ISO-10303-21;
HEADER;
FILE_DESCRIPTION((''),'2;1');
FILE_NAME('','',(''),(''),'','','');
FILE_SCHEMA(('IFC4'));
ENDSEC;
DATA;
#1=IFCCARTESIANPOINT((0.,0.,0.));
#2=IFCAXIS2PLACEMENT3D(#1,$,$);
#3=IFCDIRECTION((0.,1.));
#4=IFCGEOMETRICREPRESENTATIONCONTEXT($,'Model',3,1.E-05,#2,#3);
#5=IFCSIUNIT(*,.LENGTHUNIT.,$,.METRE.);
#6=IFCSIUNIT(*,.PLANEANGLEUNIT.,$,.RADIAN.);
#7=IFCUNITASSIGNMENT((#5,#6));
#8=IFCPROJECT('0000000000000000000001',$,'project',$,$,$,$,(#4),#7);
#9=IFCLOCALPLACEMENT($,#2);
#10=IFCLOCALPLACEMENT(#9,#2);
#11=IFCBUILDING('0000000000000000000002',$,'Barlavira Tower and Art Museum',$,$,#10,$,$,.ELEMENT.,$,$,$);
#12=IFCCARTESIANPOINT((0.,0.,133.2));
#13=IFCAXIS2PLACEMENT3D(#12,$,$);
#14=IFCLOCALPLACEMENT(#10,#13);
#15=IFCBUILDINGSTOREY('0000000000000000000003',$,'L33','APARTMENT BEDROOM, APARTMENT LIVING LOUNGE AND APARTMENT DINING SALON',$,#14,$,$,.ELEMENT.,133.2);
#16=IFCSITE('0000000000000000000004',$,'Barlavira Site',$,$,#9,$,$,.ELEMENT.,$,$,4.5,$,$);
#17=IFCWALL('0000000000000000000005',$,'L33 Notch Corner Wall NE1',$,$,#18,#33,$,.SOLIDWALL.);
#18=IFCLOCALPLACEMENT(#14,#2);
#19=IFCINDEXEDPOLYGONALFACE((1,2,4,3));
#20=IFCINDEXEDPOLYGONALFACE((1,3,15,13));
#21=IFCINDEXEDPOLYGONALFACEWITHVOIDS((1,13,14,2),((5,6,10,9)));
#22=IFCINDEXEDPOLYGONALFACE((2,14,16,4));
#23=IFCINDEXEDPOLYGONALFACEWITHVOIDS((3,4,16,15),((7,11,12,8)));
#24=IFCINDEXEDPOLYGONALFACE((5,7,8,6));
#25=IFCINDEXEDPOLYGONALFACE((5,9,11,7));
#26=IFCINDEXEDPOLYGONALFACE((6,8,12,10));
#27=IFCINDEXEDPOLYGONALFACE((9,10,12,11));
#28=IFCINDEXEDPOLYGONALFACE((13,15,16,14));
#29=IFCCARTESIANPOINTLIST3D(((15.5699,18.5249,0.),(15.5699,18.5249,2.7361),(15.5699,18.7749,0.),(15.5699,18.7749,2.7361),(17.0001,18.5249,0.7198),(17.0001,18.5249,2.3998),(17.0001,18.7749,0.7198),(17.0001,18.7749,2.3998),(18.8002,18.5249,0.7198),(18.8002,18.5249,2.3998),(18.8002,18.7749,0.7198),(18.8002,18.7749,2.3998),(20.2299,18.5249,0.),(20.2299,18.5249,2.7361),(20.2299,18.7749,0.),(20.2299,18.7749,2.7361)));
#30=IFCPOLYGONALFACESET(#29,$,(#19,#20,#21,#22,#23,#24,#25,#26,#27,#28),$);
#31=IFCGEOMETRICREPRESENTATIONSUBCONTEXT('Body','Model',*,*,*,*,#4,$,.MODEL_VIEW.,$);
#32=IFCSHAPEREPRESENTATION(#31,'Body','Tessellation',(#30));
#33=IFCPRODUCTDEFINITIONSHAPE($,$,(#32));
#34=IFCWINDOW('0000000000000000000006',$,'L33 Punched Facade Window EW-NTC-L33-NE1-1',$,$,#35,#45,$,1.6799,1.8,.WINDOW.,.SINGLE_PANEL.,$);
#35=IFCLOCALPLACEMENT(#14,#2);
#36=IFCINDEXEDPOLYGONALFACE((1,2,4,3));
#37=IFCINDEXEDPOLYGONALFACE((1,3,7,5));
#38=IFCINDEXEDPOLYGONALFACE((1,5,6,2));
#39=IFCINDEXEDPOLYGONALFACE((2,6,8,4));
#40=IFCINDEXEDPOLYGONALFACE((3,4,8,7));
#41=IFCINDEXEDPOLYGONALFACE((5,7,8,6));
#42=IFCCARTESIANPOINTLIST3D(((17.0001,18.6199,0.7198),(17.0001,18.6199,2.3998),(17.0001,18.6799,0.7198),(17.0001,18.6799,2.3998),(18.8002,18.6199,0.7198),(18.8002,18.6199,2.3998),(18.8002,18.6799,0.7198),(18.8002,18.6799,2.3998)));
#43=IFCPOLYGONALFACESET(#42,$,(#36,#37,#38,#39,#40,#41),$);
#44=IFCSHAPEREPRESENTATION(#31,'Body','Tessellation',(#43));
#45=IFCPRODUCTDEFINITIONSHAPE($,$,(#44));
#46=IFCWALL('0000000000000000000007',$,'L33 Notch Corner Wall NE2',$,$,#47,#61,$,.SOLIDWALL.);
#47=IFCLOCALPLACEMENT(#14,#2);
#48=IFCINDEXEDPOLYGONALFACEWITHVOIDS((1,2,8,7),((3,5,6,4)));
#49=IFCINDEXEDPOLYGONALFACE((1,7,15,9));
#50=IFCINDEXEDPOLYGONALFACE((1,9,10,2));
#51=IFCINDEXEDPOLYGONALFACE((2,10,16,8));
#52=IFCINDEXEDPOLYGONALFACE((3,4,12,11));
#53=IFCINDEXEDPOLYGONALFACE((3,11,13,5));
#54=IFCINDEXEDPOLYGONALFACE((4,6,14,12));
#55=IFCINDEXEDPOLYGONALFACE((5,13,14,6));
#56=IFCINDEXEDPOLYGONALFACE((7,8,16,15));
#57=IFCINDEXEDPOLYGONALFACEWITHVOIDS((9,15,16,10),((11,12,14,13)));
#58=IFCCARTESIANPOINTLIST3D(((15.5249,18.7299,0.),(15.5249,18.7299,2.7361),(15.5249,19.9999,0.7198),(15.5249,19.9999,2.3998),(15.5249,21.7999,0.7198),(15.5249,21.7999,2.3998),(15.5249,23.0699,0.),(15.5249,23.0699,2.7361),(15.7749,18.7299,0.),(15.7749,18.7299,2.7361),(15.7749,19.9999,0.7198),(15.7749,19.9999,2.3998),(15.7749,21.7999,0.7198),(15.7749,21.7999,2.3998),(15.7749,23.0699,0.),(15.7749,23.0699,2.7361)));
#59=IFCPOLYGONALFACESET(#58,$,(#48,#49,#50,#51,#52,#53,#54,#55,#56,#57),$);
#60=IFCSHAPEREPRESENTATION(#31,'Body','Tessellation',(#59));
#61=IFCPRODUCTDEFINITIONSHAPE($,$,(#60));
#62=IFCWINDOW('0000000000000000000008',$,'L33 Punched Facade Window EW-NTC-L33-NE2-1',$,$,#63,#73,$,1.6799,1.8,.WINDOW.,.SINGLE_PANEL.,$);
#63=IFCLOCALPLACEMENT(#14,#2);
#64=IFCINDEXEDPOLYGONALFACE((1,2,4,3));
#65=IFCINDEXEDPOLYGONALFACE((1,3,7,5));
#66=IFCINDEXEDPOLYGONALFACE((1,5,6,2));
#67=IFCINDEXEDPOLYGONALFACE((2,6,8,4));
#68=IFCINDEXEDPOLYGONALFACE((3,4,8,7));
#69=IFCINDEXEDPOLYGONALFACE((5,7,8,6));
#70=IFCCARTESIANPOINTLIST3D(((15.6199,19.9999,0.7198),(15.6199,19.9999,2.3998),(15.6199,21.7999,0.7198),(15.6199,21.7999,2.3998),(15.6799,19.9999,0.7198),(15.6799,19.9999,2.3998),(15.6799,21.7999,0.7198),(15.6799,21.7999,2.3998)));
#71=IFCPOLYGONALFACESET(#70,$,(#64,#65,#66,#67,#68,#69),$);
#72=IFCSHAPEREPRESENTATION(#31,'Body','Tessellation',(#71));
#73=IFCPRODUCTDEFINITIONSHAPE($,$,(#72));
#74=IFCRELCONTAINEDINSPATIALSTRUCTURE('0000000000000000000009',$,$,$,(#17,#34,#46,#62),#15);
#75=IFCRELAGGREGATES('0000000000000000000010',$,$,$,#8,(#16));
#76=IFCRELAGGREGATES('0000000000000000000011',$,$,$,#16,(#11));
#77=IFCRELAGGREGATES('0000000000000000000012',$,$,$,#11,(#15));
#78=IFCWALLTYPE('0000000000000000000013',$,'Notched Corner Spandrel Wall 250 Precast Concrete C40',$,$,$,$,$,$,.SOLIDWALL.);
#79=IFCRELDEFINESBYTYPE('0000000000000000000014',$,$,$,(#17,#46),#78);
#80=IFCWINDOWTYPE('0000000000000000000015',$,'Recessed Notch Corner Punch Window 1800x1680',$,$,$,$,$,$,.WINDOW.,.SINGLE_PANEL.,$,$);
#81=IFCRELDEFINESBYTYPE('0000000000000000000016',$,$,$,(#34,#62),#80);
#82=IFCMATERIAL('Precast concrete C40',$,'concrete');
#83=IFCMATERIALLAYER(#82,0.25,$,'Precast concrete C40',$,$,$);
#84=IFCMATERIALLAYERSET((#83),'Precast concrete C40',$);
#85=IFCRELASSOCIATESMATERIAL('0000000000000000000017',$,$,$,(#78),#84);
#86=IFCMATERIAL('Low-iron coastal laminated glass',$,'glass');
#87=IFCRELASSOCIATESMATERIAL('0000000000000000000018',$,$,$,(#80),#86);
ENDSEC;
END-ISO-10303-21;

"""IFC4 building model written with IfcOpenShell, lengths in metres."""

from ifc_helpers import new_model, si_unit, direction, frame, frame_2d, origin, place, context, subcontext, project, spatial, rectangle, extrude, material, layer, layer_set, type_object, element, fill, save


model = new_model("IFC4")

# Units and contexts
model_context = context("Model", 3, precision=1e-05, world=origin(), true_north=direction((0.0, 1.0)))
body_context = subcontext(model_context, "Body", "Model", "MODEL_VIEW")
ifc_project = project(units=[si_unit("LENGTHUNIT", "METRE"), si_unit("PLANEANGLEUNIT", "RADIAN")], contexts=[model_context])

# Site, building, storey
site_placement = place(None, origin())
site = spatial("IfcSite", under=ifc_project, at=site_placement, Name="Barlavira Site", CompositionType="ELEMENT", RefElevation=4.5)
building_placement = place(site_placement, origin())
building = spatial("IfcBuilding", under=site, at=building_placement, Name="Barlavira Tower and Art Museum", CompositionType="ELEMENT")
storey_placement = place(building_placement, frame((0.0, 0.0, 133.2)))
storey = spatial("IfcBuildingStorey", under=building, at=storey_placement, Name="L33", Description="APARTMENT BEDROOM, APARTMENT LIVING LOUNGE AND APARTMENT DINING SALON", CompositionType="ELEMENT", Elevation=133.2)

# Walls, openings, windows
ifc_material_1 = material(Name="Precast concrete C40", Category="concrete")
ifc_layer_1 = layer(ifc_material_1, 0.25, Name="Precast concrete C40")
ifc_layer_set_1 = layer_set([ifc_layer_1], Name="Precast concrete C40")
wall_type_1 = type_object("IfcWallType", Name="Notched Corner Spandrel Wall 250 Precast Concrete C40", PredefinedType="SOLIDWALL", material=ifc_layer_set_1)
ifc_material_2 = material(Name="Low-iron coastal laminated glass", Category="glass")
window_type = type_object("IfcWindowType", Name="Recessed Notch Corner Punch Window 1800x1680", PartitioningType="SINGLE_PANEL", PredefinedType="WINDOW", material=ifc_material_2)
wall_1_placement = place(storey_placement, frame((20.23, 18.6499, 0.0), z_axis=(0.0, 0.0, 1.0), x_axis=(-1.0, 0.0, 0.0)))
wall_1 = element("IfcWall", 1, at=wall_1_placement, inside=storey, type_object=wall_type_1, Name="L33 Notch Corner Wall NE1", PredefinedType="SOLIDWALL", context=body_context, shape_type="SweptSolid", body=[
    extrude(rectangle(XDim=4.6599, YDim=0.25, at=frame_2d((2.3301, 0.0))), origin(), (0.0, 0.0, 1.0), 2.7361),
])
opening_1_placement = place(wall_1_placement, frame((1.4299, 0.0, 0.72)))
opening_1 = element("IfcOpeningElement", 2, at=opening_1_placement, cuts=wall_1, PredefinedType="OPENING", context=body_context, shape_type="SweptSolid", body=[
    extrude(rectangle(XDim=1.8, YDim=1.6799, at=frame_2d((0.8999, 0.8398))), frame((0.0, 0.135, 0.0), z_axis=(0.0, -1.0, 0.0), x_axis=(1.0, 0.0, 0.0)), (0.0, 0.0, 1.0), 0.27),
])
window_1_placement = place(opening_1_placement, origin())
window_1 = element("IfcWindow", 3, at=window_1_placement, inside=storey, type_object=window_type, Name="L33 Punched Facade Window EW-NTC-L33-NE1-1", OverallHeight=1.6799, OverallWidth=1.8, PartitioningType="SINGLE_PANEL", PredefinedType="WINDOW", context=body_context, shape_type="SweptSolid", body=[
    extrude(rectangle(XDim=1.8, YDim=1.6799, at=frame_2d((0.8999, 0.8398))), frame((0.0, 0.03, 0.0), z_axis=(0.0, -1.0, 0.0), x_axis=(1.0, 0.0, 0.0)), (0.0, 0.0, 1.0), 0.0601),
])
fill(opening_1, window_1)
wall_2_placement = place(storey_placement, frame((15.6499, 18.73, 0.0), z_axis=(0.0, 0.0, 1.0), x_axis=(0.0, 1.0, 0.0)))
wall_2 = element("IfcWall", 4, at=wall_2_placement, inside=storey, type_object=wall_type_1, Name="L33 Notch Corner Wall NE2", PredefinedType="SOLIDWALL", context=body_context, shape_type="SweptSolid", body=[
    extrude(rectangle(XDim=4.3401, YDim=0.25, at=frame_2d((2.1699, 0.0))), origin(), (0.0, 0.0, 1.0), 2.7361),
])
opening_2_placement = place(wall_2_placement, frame((1.27, 0.0, 0.72)))
opening_2 = element("IfcOpeningElement", 5, at=opening_2_placement, cuts=wall_2, PredefinedType="OPENING", context=body_context, shape_type="SweptSolid", body=[
    extrude(rectangle(XDim=1.8, YDim=1.6799, at=frame_2d((0.8999, 0.8398))), frame((0.0, 0.135, 0.0), z_axis=(0.0, -1.0, 0.0), x_axis=(1.0, 0.0, 0.0)), (0.0, 0.0, 1.0), 0.27),
])
window_2_placement = place(opening_2_placement, origin())
window_2 = element("IfcWindow", 6, at=window_2_placement, inside=storey, type_object=window_type, Name="L33 Punched Facade Window EW-NTC-L33-NE2-1", OverallHeight=1.6799, OverallWidth=1.8, PartitioningType="SINGLE_PANEL", PredefinedType="WINDOW", context=body_context, shape_type="SweptSolid", body=[
    extrude(rectangle(XDim=1.8, YDim=1.6799, at=frame_2d((0.8999, 0.8398))), frame((0.0, 0.03, 0.0), z_axis=(0.0, -1.0, 0.0), x_axis=(1.0, 0.0, 0.0)), (0.0, 0.0, 1.0), 0.0601),
])
fill(opening_2, window_2)

save(model, "model.ifc")
